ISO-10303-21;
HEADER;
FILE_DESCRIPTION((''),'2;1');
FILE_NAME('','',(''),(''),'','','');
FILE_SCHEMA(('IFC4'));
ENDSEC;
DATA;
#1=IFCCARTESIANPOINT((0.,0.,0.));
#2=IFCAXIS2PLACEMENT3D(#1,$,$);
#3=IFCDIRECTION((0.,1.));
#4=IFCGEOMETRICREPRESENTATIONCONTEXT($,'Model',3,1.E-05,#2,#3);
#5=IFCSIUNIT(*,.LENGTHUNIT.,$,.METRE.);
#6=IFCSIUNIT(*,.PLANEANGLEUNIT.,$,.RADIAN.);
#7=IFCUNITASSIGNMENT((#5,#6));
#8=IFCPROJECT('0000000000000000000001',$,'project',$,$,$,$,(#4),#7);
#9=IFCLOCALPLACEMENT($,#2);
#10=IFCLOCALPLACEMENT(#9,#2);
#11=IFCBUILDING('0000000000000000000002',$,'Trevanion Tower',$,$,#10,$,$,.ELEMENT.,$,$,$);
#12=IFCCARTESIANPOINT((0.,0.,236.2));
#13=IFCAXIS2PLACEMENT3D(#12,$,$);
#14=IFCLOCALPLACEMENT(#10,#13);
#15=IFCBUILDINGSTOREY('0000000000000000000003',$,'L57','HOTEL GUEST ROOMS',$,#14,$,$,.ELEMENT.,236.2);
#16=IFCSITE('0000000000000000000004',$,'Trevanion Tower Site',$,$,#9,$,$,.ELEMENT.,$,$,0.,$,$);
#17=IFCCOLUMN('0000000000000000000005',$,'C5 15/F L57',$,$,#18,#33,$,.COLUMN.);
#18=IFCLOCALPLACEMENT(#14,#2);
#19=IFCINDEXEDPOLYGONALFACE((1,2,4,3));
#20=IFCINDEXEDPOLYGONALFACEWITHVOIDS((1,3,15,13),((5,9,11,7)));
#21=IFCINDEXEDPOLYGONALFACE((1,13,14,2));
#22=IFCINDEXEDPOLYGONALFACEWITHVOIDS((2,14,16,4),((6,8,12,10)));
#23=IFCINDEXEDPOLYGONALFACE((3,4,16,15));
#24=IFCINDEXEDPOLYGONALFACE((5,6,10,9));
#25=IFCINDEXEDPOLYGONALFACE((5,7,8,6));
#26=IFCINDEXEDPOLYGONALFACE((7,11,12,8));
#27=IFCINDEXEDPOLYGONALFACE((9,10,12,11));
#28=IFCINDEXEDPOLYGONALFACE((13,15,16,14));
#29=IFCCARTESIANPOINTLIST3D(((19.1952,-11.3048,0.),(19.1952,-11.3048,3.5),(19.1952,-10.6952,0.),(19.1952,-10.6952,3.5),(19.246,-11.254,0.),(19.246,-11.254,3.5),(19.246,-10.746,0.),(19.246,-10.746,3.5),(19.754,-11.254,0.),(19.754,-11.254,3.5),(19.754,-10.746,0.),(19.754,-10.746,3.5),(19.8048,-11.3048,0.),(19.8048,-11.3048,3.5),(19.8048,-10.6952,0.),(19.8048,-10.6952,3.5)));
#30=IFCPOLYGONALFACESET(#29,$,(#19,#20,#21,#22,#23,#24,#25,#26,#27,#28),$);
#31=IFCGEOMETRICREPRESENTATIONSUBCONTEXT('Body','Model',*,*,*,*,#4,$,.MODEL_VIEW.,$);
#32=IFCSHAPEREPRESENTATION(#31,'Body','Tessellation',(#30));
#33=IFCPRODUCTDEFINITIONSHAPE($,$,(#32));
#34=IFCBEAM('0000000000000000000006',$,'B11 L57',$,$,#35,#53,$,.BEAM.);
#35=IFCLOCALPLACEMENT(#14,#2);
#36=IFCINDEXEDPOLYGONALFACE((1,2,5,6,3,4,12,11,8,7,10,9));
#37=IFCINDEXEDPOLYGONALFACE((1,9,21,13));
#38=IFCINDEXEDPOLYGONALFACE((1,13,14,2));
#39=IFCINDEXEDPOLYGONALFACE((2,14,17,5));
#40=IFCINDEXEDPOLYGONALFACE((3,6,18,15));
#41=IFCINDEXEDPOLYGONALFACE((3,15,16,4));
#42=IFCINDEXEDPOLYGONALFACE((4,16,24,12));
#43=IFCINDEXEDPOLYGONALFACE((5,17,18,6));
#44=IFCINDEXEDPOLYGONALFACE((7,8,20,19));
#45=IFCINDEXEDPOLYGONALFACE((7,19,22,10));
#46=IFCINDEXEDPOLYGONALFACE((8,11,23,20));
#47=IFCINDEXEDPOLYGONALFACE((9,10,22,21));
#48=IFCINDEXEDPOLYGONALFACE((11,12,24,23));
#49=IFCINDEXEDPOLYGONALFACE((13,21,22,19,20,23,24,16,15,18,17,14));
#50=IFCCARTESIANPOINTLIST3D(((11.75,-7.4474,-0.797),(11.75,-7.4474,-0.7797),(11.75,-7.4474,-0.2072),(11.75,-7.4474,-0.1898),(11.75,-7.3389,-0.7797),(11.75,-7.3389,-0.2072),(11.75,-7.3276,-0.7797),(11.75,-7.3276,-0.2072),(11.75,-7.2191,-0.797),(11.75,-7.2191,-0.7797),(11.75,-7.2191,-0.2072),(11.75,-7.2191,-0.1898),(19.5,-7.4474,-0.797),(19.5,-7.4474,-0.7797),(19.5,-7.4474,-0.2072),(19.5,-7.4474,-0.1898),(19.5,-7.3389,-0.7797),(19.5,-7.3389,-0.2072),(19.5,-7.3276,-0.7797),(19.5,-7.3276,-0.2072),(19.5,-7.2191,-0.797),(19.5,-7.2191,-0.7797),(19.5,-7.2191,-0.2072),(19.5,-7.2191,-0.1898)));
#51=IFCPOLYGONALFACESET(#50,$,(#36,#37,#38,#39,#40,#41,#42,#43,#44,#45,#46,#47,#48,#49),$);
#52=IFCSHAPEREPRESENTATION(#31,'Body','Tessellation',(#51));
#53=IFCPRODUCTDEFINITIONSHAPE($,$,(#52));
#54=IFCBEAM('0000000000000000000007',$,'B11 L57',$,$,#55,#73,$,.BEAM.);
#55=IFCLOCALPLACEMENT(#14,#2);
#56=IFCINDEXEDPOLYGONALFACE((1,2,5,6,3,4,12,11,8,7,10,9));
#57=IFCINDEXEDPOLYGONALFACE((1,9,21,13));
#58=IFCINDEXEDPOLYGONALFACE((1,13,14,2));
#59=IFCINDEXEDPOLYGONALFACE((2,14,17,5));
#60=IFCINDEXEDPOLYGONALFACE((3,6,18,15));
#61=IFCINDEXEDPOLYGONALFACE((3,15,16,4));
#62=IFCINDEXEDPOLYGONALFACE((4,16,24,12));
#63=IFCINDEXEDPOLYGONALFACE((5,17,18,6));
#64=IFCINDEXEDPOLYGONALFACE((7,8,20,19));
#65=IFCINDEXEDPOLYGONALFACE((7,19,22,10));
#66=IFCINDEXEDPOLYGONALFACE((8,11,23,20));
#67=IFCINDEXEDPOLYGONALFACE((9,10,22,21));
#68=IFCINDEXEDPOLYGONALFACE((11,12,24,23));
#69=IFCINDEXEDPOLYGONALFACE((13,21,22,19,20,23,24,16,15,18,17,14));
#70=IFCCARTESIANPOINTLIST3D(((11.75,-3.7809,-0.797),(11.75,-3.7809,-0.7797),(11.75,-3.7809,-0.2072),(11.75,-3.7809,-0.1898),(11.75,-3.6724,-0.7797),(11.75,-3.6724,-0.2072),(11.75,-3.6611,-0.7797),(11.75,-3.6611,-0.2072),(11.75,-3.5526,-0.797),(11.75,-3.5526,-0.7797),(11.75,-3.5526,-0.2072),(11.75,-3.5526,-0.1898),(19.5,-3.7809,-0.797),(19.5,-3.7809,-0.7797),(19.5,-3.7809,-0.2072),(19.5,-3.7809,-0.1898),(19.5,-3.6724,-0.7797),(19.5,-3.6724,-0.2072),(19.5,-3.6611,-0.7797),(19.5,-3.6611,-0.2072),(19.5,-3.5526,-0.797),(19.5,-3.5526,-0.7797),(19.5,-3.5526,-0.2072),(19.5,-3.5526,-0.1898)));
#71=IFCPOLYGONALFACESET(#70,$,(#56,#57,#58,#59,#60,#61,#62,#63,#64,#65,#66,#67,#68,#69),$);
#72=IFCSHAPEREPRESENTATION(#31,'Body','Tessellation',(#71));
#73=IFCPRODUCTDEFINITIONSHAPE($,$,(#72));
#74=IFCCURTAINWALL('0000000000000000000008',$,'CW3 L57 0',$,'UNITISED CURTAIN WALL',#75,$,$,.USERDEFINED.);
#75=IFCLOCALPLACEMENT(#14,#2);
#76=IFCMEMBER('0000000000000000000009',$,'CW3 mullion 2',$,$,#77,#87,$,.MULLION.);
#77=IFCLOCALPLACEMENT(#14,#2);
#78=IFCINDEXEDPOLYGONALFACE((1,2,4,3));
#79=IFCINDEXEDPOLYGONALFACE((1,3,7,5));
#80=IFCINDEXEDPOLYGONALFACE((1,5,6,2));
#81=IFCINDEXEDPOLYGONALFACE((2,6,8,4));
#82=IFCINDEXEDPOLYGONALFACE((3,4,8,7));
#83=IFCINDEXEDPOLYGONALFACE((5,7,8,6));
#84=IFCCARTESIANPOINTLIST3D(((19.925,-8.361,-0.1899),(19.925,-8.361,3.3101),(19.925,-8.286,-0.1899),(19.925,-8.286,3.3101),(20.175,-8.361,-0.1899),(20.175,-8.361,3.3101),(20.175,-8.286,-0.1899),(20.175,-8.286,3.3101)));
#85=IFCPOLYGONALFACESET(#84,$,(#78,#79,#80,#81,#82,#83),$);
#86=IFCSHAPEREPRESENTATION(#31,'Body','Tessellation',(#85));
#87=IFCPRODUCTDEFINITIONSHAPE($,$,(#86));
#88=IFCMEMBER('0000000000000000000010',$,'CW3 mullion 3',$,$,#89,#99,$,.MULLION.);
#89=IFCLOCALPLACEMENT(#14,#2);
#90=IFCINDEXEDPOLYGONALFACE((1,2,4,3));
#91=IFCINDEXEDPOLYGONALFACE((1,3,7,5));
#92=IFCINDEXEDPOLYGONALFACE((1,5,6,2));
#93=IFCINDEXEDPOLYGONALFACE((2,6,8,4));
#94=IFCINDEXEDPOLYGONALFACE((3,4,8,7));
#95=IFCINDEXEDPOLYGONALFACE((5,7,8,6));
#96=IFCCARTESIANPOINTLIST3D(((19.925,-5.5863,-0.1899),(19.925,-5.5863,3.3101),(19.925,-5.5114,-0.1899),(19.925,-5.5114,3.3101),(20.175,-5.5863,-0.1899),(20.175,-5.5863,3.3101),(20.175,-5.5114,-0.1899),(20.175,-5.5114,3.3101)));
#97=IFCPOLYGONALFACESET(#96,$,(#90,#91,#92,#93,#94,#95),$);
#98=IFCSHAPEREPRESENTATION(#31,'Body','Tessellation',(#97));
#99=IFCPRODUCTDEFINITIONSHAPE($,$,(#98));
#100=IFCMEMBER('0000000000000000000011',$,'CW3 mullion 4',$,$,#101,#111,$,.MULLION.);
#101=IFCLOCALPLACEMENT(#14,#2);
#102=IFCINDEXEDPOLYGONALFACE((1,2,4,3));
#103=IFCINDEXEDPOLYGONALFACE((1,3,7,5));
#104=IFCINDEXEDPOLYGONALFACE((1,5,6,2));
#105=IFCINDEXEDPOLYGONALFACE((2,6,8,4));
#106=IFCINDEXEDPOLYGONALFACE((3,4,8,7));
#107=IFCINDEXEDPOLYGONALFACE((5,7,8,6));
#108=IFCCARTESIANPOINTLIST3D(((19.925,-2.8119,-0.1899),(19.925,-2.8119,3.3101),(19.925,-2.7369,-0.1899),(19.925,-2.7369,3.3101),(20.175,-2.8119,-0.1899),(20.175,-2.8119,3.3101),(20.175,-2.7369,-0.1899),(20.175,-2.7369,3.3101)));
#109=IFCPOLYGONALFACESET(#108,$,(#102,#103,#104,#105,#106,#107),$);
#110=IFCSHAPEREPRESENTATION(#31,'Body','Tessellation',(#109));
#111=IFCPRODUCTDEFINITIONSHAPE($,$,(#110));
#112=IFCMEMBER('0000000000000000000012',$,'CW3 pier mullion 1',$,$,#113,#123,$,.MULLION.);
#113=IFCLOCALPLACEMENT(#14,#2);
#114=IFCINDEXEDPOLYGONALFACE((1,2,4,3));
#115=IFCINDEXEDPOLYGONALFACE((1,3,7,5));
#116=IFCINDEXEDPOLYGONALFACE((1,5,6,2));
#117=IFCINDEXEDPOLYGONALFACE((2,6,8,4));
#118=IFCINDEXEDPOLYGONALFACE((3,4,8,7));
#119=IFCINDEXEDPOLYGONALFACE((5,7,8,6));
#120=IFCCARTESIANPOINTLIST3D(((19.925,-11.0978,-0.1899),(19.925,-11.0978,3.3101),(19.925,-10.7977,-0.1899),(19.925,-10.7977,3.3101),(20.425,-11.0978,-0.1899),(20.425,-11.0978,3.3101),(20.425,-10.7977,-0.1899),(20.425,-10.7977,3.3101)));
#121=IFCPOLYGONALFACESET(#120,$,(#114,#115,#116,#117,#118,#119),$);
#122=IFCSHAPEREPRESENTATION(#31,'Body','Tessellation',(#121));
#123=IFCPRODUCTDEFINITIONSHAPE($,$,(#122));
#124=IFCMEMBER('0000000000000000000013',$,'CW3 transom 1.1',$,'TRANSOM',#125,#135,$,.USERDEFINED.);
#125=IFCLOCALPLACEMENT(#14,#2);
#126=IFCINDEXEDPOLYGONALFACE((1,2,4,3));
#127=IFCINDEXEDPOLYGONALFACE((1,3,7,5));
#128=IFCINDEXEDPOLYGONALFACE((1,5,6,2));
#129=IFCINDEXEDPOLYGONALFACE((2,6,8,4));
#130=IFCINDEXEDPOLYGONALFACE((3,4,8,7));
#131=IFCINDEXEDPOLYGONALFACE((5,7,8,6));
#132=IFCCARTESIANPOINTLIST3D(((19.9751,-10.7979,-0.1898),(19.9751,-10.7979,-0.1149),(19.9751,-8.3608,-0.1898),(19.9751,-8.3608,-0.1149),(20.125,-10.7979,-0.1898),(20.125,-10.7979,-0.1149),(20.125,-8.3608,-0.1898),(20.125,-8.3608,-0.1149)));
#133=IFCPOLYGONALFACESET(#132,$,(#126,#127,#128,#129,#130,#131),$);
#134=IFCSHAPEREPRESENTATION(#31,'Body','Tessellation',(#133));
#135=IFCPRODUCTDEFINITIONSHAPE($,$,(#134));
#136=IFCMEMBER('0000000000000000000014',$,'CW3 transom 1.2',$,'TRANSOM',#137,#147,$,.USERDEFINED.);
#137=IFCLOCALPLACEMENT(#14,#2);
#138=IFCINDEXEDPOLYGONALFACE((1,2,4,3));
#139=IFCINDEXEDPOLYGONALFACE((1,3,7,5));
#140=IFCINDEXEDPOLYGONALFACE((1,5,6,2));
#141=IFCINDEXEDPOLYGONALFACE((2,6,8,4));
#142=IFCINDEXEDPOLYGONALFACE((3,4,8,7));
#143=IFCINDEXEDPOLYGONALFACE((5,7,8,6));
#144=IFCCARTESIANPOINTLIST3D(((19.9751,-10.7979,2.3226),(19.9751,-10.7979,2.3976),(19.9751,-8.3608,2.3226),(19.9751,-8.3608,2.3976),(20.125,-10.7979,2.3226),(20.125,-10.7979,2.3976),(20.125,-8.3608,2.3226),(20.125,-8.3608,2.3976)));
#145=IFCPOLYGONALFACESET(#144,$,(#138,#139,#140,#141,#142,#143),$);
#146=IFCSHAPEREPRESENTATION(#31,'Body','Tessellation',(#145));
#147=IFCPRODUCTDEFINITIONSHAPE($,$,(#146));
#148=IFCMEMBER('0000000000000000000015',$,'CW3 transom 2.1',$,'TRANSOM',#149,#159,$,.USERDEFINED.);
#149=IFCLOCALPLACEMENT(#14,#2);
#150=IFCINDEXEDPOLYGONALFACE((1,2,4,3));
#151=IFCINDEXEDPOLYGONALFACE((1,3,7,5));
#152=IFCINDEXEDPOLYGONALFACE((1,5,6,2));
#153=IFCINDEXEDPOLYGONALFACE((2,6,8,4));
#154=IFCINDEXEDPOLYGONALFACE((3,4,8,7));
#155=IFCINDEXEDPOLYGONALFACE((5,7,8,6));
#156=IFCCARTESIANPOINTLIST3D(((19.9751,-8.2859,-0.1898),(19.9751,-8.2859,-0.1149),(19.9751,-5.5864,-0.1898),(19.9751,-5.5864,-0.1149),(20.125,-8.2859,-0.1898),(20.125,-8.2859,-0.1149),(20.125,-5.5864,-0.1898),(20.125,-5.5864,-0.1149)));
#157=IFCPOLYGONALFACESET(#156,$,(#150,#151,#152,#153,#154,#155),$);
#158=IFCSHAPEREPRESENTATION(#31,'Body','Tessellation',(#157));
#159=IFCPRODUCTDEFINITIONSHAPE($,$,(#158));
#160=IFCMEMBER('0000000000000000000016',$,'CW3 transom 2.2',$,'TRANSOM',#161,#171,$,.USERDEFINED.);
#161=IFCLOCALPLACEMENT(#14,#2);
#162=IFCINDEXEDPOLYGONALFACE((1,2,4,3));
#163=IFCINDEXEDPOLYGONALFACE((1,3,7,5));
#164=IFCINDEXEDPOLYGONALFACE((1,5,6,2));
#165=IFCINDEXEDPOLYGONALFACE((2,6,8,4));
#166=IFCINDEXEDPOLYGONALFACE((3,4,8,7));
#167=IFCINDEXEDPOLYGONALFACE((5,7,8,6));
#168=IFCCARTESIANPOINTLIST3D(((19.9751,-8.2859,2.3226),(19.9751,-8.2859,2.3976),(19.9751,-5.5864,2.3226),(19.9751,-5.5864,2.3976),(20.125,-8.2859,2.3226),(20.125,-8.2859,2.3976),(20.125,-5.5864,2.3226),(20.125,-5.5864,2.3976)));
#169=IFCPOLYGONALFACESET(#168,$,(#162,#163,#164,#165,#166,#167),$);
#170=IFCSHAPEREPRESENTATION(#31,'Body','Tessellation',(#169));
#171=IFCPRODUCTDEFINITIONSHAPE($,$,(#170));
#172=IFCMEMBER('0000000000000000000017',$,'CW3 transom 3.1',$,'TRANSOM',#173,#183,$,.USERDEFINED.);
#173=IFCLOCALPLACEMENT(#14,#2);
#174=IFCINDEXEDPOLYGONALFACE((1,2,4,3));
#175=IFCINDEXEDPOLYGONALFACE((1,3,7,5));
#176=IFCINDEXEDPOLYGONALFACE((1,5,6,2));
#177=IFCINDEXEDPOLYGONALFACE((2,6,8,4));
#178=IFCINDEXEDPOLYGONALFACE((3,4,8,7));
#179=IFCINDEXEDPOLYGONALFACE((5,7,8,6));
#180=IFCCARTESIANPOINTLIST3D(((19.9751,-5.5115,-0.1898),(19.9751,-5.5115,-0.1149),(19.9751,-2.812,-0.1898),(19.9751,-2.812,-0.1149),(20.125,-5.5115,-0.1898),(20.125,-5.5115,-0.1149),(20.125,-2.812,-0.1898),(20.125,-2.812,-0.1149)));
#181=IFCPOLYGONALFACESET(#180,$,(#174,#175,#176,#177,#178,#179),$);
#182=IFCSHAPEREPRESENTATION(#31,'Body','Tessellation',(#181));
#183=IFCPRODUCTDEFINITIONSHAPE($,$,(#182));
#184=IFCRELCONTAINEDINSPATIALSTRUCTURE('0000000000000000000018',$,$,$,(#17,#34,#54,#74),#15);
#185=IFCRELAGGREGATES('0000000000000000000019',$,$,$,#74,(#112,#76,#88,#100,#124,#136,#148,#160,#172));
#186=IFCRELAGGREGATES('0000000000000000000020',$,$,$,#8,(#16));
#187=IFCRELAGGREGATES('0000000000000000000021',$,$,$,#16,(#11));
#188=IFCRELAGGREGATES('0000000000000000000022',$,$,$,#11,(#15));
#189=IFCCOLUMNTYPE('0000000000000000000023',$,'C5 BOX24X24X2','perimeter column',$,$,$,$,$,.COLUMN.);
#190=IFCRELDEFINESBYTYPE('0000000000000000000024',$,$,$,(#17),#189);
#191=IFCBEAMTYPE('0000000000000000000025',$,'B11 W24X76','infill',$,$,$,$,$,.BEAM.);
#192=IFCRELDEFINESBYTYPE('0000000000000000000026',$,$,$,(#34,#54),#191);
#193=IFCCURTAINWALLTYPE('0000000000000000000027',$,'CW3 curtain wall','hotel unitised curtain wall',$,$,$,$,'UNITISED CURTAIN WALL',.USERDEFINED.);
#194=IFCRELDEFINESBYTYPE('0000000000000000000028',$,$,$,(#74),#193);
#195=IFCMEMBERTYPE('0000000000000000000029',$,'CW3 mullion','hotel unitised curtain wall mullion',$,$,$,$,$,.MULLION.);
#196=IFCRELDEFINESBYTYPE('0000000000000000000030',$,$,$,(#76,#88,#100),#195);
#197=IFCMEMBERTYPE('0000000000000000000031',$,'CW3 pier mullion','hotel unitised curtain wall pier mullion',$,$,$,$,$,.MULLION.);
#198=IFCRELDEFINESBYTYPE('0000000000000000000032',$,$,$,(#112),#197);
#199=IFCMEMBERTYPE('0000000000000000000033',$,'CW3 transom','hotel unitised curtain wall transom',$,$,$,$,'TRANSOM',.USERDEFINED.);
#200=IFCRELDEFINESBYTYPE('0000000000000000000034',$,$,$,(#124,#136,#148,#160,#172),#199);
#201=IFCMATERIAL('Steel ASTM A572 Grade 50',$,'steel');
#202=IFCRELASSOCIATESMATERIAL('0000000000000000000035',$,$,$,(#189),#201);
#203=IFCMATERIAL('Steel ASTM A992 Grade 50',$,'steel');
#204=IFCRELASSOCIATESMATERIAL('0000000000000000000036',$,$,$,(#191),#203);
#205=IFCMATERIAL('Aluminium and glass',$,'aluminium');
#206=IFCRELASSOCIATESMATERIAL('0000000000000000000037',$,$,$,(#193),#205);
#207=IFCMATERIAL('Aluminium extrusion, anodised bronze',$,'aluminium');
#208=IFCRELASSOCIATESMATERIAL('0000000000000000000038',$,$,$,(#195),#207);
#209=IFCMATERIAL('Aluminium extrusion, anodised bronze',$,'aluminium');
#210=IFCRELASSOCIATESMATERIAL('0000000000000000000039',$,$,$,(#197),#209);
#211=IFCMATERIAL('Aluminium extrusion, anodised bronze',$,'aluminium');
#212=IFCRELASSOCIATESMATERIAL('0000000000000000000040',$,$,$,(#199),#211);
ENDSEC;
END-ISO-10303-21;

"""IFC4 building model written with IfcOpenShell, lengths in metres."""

from ifc_helpers import new_model, si_unit, direction, frame, origin, origin_2d, place, context, subcontext, project, spatial, rectangle, hollow_rectangle, i_section, extrude, material, material_profile, profile_set, type_object, element, aggregate, save


model = new_model("IFC4")

# Units and contexts
model_context = context("Model", 3, precision=1e-05, world=origin(), true_north=direction((0.0, 1.0)))
body_context = subcontext(model_context, "Body", "Model", "MODEL_VIEW")
ifc_project = project(units=[si_unit("LENGTHUNIT", "METRE"), si_unit("PLANEANGLEUNIT", "RADIAN")], contexts=[model_context])

# Site, building, storey
site_placement = place(None, origin())
site = spatial("IfcSite", under=ifc_project, at=site_placement, Name="Trevanion Tower Site", CompositionType="ELEMENT", RefElevation=0.0)
building_placement = place(site_placement, origin())
building = spatial("IfcBuilding", under=site, at=building_placement, Name="Trevanion Tower", CompositionType="ELEMENT")
storey_placement = place(building_placement, frame((0.0, 0.0, 236.2)))
storey = spatial("IfcBuildingStorey", under=building, at=storey_placement, Name="L57", Description="HOTEL GUEST ROOMS", CompositionType="ELEMENT", Elevation=236.2)

# Column
ifc_material_1 = material(Name="Steel ASTM A572 Grade 50", Category="steel")
ifc_material_profile_1 = material_profile(ifc_material_1, hollow_rectangle(XDim=0.6096, YDim=0.6096, WallThickness=0.0508, at=origin_2d()), Name="BOX24X24X2")
ifc_profile_set_1 = profile_set([ifc_material_profile_1], Name="Steel ASTM A572 Grade 50")
column_type = type_object("IfcColumnType", Name="C5 BOX24X24X2", Description="perimeter column", PredefinedType="COLUMN", material=ifc_profile_set_1)
column_placement = place(storey_placement, frame((19.5, -11.0, 0.0), z_axis=(0.0, 0.0, 1.0), x_axis=(0.0, 1.0, 0.0)))
element("IfcColumn", 1, at=column_placement, inside=storey, type_object=column_type, Name="C5 15/F L57", PredefinedType="COLUMN", context=body_context, shape_type="SweptSolid", body=[
    extrude(hollow_rectangle(XDim=0.6096, YDim=0.6096, WallThickness=0.0508, at=origin_2d()), origin(), (0.0, 0.0, 1.0), 3.5),
])

# Beams
ifc_material_2 = material(Name="Steel ASTM A992 Grade 50", Category="steel")
ifc_material_profile_2 = material_profile(ifc_material_2, i_section(OverallWidth=0.2283, OverallDepth=0.6072, WebThickness=0.0112, FlangeThickness=0.0173, at=origin_2d()), Name="W24X76")
ifc_profile_set_2 = profile_set([ifc_material_profile_2], Name="Steel ASTM A992 Grade 50")
beam_type_1 = type_object("IfcBeamType", Name="B11 W24X76", Description="infill", PredefinedType="BEAM", material=ifc_profile_set_2)
for number, where, z_axis, x_axis, name in (
    (2, (11.75, -7.3333, -0.4934), (1.0, 0.0, 0.0), (0.0, 1.0, 0.0), "B11 L57"),
    (3, (11.75, -3.6667, -0.4934), (1.0, 0.0, 0.0), (0.0, 1.0, 0.0), "B11 L57"),
):
    element("IfcBeam", number, at=place(storey_placement, frame(where, z_axis=z_axis, x_axis=x_axis)), inside=storey, type_object=beam_type_1, Name=name, PredefinedType="BEAM", context=body_context, shape_type="SweptSolid", body=[
        extrude(i_section(OverallWidth=0.2283, OverallDepth=0.6072, WebThickness=0.0112, FlangeThickness=0.0173, at=origin_2d()), origin(), (0.0, 0.0, 1.0), 7.75),
    ])

# Curtain wall, members
ifc_material_3 = material(Name="Aluminium and glass", Category="aluminium")
curtain_wall_type = type_object("IfcCurtainWallType", Name="CW3 curtain wall", Description="hotel unitised curtain wall", ElementType="UNITISED CURTAIN WALL", PredefinedType="USERDEFINED", material=ifc_material_3)
curtain_wall_placement = place(storey_placement, origin())
curtain_wall = element("IfcCurtainWall", 4, at=curtain_wall_placement, inside=storey, type_object=curtain_wall_type, Name="CW3 L57 0", ObjectType="UNITISED CURTAIN WALL", PredefinedType="USERDEFINED")
ifc_material_4 = material(Name="Aluminium extrusion, anodised bronze", Category="aluminium")
ifc_material_profile_3 = material_profile(ifc_material_4, rectangle(XDim=0.075, YDim=0.25, at=origin_2d()), Name="CW3 mullion")
ifc_profile_set_3 = profile_set([ifc_material_profile_3], Name="Aluminium extrusion, anodised bronze")
member_type_1 = type_object("IfcMemberType", Name="CW3 mullion", Description="hotel unitised curtain wall mullion", PredefinedType="MULLION", material=ifc_profile_set_3)
member_1_placement = place(storey_placement, frame((20.05, -8.3235, -0.1899), z_axis=(0.0, 0.0, 1.0), x_axis=(0.0, 1.0, 0.0)))
member_1 = element("IfcMember", 5, at=member_1_placement, type_object=member_type_1, Name="CW3 mullion 2", PredefinedType="MULLION", context=body_context, shape_type="SweptSolid", body=[
    extrude(rectangle(XDim=0.075, YDim=0.25, at=origin_2d()), origin(), (0.0, 0.0, 1.0), 3.5),
])
member_2_placement = place(storey_placement, frame((20.05, -5.5488, -0.1899), z_axis=(0.0, 0.0, 1.0), x_axis=(0.0, 1.0, 0.0)))
member_2 = element("IfcMember", 6, at=member_2_placement, type_object=member_type_1, Name="CW3 mullion 3", PredefinedType="MULLION", context=body_context, shape_type="SweptSolid", body=[
    extrude(rectangle(XDim=0.075, YDim=0.25, at=origin_2d()), origin(), (0.0, 0.0, 1.0), 3.5),
])
member_3_placement = place(storey_placement, frame((20.05, -2.7744, -0.1899), z_axis=(0.0, 0.0, 1.0), x_axis=(0.0, 1.0, 0.0)))
member_3 = element("IfcMember", 7, at=member_3_placement, type_object=member_type_1, Name="CW3 mullion 4", PredefinedType="MULLION", context=body_context, shape_type="SweptSolid", body=[
    extrude(rectangle(XDim=0.075, YDim=0.25, at=origin_2d()), origin(), (0.0, 0.0, 1.0), 3.5),
])
ifc_material_5 = material(Name="Aluminium extrusion, anodised bronze", Category="aluminium")
ifc_material_profile_4 = material_profile(ifc_material_5, rectangle(XDim=0.3, YDim=0.5, at=origin_2d()), Name="CW3 pier mullion")
ifc_profile_set_4 = profile_set([ifc_material_profile_4], Name="Aluminium extrusion, anodised bronze")
member_type_2 = type_object("IfcMemberType", Name="CW3 pier mullion", Description="hotel unitised curtain wall pier mullion", PredefinedType="MULLION", material=ifc_profile_set_4)
member_4_placement = place(storey_placement, frame((20.175, -10.9478, -0.1899), z_axis=(0.0, 0.0, 1.0), x_axis=(0.0, 1.0, 0.0)))
member_4 = element("IfcMember", 8, at=member_4_placement, type_object=member_type_2, Name="CW3 pier mullion 1", PredefinedType="MULLION", context=body_context, shape_type="SweptSolid", body=[
    extrude(rectangle(XDim=0.3, YDim=0.5, at=origin_2d()), origin(), (0.0, 0.0, 1.0), 3.5),
])
ifc_material_6 = material(Name="Aluminium extrusion, anodised bronze", Category="aluminium")
ifc_material_profile_5 = material_profile(ifc_material_6, rectangle(XDim=0.1499, YDim=0.075, at=origin_2d()), Name="CW3 transom")
ifc_profile_set_5 = profile_set([ifc_material_profile_5], Name="Aluminium extrusion, anodised bronze")
member_type_3 = type_object("IfcMemberType", Name="CW3 transom", Description="hotel unitised curtain wall transom", ElementType="TRANSOM", PredefinedType="USERDEFINED", material=ifc_profile_set_5)
member_5_placement = place(storey_placement, frame((20.05, -10.7979, -0.1523), z_axis=(0.0, 1.0, 0.0), x_axis=(-1.0, 0.0, 0.0)))
member_5 = element("IfcMember", 9, at=member_5_placement, type_object=member_type_3, Name="CW3 transom 1.1", ObjectType="TRANSOM", PredefinedType="USERDEFINED", context=body_context, shape_type="SweptSolid", body=[
    extrude(rectangle(XDim=0.1499, YDim=0.075, at=origin_2d()), origin(), (0.0, 0.0, 1.0), 2.437),
])
member_6_placement = place(storey_placement, frame((20.05, -10.7979, 2.3601), z_axis=(0.0, 1.0, 0.0), x_axis=(-1.0, 0.0, 0.0)))
member_6 = element("IfcMember", 10, at=member_6_placement, type_object=member_type_3, Name="CW3 transom 1.2", ObjectType="TRANSOM", PredefinedType="USERDEFINED", context=body_context, shape_type="SweptSolid", body=[
    extrude(rectangle(XDim=0.1499, YDim=0.075, at=origin_2d()), origin(), (0.0, 0.0, 1.0), 2.437),
])
member_7_placement = place(storey_placement, frame((20.05, -8.2859, -0.1523), z_axis=(0.0, 1.0, 0.0), x_axis=(-1.0, 0.0, 0.0)))
member_7 = element("IfcMember", 11, at=member_7_placement, type_object=member_type_3, Name="CW3 transom 2.1", ObjectType="TRANSOM", PredefinedType="USERDEFINED", context=body_context, shape_type="SweptSolid", body=[
    extrude(rectangle(XDim=0.1499, YDim=0.075, at=origin_2d()), origin(), (0.0, 0.0, 1.0), 2.6995),
])
member_8_placement = place(storey_placement, frame((20.05, -8.2859, 2.3601), z_axis=(0.0, 1.0, 0.0), x_axis=(-1.0, 0.0, 0.0)))
member_8 = element("IfcMember", 12, at=member_8_placement, type_object=member_type_3, Name="CW3 transom 2.2", ObjectType="TRANSOM", PredefinedType="USERDEFINED", context=body_context, shape_type="SweptSolid", body=[
    extrude(rectangle(XDim=0.1499, YDim=0.075, at=origin_2d()), origin(), (0.0, 0.0, 1.0), 2.6995),
])
member_9_placement = place(storey_placement, frame((20.05, -5.5115, -0.1523), z_axis=(0.0, 1.0, 0.0), x_axis=(-1.0, 0.0, 0.0)))
member_9 = element("IfcMember", 13, at=member_9_placement, type_object=member_type_3, Name="CW3 transom 3.1", ObjectType="TRANSOM", PredefinedType="USERDEFINED", context=body_context, shape_type="SweptSolid", body=[
    extrude(rectangle(XDim=0.1499, YDim=0.075, at=origin_2d()), origin(), (0.0, 0.0, 1.0), 2.6995),
])

aggregate(curtain_wall, [member_4, member_1, member_2, member_3, member_5, member_6, member_7, member_8, member_9])

save(model, "model.ifc")
